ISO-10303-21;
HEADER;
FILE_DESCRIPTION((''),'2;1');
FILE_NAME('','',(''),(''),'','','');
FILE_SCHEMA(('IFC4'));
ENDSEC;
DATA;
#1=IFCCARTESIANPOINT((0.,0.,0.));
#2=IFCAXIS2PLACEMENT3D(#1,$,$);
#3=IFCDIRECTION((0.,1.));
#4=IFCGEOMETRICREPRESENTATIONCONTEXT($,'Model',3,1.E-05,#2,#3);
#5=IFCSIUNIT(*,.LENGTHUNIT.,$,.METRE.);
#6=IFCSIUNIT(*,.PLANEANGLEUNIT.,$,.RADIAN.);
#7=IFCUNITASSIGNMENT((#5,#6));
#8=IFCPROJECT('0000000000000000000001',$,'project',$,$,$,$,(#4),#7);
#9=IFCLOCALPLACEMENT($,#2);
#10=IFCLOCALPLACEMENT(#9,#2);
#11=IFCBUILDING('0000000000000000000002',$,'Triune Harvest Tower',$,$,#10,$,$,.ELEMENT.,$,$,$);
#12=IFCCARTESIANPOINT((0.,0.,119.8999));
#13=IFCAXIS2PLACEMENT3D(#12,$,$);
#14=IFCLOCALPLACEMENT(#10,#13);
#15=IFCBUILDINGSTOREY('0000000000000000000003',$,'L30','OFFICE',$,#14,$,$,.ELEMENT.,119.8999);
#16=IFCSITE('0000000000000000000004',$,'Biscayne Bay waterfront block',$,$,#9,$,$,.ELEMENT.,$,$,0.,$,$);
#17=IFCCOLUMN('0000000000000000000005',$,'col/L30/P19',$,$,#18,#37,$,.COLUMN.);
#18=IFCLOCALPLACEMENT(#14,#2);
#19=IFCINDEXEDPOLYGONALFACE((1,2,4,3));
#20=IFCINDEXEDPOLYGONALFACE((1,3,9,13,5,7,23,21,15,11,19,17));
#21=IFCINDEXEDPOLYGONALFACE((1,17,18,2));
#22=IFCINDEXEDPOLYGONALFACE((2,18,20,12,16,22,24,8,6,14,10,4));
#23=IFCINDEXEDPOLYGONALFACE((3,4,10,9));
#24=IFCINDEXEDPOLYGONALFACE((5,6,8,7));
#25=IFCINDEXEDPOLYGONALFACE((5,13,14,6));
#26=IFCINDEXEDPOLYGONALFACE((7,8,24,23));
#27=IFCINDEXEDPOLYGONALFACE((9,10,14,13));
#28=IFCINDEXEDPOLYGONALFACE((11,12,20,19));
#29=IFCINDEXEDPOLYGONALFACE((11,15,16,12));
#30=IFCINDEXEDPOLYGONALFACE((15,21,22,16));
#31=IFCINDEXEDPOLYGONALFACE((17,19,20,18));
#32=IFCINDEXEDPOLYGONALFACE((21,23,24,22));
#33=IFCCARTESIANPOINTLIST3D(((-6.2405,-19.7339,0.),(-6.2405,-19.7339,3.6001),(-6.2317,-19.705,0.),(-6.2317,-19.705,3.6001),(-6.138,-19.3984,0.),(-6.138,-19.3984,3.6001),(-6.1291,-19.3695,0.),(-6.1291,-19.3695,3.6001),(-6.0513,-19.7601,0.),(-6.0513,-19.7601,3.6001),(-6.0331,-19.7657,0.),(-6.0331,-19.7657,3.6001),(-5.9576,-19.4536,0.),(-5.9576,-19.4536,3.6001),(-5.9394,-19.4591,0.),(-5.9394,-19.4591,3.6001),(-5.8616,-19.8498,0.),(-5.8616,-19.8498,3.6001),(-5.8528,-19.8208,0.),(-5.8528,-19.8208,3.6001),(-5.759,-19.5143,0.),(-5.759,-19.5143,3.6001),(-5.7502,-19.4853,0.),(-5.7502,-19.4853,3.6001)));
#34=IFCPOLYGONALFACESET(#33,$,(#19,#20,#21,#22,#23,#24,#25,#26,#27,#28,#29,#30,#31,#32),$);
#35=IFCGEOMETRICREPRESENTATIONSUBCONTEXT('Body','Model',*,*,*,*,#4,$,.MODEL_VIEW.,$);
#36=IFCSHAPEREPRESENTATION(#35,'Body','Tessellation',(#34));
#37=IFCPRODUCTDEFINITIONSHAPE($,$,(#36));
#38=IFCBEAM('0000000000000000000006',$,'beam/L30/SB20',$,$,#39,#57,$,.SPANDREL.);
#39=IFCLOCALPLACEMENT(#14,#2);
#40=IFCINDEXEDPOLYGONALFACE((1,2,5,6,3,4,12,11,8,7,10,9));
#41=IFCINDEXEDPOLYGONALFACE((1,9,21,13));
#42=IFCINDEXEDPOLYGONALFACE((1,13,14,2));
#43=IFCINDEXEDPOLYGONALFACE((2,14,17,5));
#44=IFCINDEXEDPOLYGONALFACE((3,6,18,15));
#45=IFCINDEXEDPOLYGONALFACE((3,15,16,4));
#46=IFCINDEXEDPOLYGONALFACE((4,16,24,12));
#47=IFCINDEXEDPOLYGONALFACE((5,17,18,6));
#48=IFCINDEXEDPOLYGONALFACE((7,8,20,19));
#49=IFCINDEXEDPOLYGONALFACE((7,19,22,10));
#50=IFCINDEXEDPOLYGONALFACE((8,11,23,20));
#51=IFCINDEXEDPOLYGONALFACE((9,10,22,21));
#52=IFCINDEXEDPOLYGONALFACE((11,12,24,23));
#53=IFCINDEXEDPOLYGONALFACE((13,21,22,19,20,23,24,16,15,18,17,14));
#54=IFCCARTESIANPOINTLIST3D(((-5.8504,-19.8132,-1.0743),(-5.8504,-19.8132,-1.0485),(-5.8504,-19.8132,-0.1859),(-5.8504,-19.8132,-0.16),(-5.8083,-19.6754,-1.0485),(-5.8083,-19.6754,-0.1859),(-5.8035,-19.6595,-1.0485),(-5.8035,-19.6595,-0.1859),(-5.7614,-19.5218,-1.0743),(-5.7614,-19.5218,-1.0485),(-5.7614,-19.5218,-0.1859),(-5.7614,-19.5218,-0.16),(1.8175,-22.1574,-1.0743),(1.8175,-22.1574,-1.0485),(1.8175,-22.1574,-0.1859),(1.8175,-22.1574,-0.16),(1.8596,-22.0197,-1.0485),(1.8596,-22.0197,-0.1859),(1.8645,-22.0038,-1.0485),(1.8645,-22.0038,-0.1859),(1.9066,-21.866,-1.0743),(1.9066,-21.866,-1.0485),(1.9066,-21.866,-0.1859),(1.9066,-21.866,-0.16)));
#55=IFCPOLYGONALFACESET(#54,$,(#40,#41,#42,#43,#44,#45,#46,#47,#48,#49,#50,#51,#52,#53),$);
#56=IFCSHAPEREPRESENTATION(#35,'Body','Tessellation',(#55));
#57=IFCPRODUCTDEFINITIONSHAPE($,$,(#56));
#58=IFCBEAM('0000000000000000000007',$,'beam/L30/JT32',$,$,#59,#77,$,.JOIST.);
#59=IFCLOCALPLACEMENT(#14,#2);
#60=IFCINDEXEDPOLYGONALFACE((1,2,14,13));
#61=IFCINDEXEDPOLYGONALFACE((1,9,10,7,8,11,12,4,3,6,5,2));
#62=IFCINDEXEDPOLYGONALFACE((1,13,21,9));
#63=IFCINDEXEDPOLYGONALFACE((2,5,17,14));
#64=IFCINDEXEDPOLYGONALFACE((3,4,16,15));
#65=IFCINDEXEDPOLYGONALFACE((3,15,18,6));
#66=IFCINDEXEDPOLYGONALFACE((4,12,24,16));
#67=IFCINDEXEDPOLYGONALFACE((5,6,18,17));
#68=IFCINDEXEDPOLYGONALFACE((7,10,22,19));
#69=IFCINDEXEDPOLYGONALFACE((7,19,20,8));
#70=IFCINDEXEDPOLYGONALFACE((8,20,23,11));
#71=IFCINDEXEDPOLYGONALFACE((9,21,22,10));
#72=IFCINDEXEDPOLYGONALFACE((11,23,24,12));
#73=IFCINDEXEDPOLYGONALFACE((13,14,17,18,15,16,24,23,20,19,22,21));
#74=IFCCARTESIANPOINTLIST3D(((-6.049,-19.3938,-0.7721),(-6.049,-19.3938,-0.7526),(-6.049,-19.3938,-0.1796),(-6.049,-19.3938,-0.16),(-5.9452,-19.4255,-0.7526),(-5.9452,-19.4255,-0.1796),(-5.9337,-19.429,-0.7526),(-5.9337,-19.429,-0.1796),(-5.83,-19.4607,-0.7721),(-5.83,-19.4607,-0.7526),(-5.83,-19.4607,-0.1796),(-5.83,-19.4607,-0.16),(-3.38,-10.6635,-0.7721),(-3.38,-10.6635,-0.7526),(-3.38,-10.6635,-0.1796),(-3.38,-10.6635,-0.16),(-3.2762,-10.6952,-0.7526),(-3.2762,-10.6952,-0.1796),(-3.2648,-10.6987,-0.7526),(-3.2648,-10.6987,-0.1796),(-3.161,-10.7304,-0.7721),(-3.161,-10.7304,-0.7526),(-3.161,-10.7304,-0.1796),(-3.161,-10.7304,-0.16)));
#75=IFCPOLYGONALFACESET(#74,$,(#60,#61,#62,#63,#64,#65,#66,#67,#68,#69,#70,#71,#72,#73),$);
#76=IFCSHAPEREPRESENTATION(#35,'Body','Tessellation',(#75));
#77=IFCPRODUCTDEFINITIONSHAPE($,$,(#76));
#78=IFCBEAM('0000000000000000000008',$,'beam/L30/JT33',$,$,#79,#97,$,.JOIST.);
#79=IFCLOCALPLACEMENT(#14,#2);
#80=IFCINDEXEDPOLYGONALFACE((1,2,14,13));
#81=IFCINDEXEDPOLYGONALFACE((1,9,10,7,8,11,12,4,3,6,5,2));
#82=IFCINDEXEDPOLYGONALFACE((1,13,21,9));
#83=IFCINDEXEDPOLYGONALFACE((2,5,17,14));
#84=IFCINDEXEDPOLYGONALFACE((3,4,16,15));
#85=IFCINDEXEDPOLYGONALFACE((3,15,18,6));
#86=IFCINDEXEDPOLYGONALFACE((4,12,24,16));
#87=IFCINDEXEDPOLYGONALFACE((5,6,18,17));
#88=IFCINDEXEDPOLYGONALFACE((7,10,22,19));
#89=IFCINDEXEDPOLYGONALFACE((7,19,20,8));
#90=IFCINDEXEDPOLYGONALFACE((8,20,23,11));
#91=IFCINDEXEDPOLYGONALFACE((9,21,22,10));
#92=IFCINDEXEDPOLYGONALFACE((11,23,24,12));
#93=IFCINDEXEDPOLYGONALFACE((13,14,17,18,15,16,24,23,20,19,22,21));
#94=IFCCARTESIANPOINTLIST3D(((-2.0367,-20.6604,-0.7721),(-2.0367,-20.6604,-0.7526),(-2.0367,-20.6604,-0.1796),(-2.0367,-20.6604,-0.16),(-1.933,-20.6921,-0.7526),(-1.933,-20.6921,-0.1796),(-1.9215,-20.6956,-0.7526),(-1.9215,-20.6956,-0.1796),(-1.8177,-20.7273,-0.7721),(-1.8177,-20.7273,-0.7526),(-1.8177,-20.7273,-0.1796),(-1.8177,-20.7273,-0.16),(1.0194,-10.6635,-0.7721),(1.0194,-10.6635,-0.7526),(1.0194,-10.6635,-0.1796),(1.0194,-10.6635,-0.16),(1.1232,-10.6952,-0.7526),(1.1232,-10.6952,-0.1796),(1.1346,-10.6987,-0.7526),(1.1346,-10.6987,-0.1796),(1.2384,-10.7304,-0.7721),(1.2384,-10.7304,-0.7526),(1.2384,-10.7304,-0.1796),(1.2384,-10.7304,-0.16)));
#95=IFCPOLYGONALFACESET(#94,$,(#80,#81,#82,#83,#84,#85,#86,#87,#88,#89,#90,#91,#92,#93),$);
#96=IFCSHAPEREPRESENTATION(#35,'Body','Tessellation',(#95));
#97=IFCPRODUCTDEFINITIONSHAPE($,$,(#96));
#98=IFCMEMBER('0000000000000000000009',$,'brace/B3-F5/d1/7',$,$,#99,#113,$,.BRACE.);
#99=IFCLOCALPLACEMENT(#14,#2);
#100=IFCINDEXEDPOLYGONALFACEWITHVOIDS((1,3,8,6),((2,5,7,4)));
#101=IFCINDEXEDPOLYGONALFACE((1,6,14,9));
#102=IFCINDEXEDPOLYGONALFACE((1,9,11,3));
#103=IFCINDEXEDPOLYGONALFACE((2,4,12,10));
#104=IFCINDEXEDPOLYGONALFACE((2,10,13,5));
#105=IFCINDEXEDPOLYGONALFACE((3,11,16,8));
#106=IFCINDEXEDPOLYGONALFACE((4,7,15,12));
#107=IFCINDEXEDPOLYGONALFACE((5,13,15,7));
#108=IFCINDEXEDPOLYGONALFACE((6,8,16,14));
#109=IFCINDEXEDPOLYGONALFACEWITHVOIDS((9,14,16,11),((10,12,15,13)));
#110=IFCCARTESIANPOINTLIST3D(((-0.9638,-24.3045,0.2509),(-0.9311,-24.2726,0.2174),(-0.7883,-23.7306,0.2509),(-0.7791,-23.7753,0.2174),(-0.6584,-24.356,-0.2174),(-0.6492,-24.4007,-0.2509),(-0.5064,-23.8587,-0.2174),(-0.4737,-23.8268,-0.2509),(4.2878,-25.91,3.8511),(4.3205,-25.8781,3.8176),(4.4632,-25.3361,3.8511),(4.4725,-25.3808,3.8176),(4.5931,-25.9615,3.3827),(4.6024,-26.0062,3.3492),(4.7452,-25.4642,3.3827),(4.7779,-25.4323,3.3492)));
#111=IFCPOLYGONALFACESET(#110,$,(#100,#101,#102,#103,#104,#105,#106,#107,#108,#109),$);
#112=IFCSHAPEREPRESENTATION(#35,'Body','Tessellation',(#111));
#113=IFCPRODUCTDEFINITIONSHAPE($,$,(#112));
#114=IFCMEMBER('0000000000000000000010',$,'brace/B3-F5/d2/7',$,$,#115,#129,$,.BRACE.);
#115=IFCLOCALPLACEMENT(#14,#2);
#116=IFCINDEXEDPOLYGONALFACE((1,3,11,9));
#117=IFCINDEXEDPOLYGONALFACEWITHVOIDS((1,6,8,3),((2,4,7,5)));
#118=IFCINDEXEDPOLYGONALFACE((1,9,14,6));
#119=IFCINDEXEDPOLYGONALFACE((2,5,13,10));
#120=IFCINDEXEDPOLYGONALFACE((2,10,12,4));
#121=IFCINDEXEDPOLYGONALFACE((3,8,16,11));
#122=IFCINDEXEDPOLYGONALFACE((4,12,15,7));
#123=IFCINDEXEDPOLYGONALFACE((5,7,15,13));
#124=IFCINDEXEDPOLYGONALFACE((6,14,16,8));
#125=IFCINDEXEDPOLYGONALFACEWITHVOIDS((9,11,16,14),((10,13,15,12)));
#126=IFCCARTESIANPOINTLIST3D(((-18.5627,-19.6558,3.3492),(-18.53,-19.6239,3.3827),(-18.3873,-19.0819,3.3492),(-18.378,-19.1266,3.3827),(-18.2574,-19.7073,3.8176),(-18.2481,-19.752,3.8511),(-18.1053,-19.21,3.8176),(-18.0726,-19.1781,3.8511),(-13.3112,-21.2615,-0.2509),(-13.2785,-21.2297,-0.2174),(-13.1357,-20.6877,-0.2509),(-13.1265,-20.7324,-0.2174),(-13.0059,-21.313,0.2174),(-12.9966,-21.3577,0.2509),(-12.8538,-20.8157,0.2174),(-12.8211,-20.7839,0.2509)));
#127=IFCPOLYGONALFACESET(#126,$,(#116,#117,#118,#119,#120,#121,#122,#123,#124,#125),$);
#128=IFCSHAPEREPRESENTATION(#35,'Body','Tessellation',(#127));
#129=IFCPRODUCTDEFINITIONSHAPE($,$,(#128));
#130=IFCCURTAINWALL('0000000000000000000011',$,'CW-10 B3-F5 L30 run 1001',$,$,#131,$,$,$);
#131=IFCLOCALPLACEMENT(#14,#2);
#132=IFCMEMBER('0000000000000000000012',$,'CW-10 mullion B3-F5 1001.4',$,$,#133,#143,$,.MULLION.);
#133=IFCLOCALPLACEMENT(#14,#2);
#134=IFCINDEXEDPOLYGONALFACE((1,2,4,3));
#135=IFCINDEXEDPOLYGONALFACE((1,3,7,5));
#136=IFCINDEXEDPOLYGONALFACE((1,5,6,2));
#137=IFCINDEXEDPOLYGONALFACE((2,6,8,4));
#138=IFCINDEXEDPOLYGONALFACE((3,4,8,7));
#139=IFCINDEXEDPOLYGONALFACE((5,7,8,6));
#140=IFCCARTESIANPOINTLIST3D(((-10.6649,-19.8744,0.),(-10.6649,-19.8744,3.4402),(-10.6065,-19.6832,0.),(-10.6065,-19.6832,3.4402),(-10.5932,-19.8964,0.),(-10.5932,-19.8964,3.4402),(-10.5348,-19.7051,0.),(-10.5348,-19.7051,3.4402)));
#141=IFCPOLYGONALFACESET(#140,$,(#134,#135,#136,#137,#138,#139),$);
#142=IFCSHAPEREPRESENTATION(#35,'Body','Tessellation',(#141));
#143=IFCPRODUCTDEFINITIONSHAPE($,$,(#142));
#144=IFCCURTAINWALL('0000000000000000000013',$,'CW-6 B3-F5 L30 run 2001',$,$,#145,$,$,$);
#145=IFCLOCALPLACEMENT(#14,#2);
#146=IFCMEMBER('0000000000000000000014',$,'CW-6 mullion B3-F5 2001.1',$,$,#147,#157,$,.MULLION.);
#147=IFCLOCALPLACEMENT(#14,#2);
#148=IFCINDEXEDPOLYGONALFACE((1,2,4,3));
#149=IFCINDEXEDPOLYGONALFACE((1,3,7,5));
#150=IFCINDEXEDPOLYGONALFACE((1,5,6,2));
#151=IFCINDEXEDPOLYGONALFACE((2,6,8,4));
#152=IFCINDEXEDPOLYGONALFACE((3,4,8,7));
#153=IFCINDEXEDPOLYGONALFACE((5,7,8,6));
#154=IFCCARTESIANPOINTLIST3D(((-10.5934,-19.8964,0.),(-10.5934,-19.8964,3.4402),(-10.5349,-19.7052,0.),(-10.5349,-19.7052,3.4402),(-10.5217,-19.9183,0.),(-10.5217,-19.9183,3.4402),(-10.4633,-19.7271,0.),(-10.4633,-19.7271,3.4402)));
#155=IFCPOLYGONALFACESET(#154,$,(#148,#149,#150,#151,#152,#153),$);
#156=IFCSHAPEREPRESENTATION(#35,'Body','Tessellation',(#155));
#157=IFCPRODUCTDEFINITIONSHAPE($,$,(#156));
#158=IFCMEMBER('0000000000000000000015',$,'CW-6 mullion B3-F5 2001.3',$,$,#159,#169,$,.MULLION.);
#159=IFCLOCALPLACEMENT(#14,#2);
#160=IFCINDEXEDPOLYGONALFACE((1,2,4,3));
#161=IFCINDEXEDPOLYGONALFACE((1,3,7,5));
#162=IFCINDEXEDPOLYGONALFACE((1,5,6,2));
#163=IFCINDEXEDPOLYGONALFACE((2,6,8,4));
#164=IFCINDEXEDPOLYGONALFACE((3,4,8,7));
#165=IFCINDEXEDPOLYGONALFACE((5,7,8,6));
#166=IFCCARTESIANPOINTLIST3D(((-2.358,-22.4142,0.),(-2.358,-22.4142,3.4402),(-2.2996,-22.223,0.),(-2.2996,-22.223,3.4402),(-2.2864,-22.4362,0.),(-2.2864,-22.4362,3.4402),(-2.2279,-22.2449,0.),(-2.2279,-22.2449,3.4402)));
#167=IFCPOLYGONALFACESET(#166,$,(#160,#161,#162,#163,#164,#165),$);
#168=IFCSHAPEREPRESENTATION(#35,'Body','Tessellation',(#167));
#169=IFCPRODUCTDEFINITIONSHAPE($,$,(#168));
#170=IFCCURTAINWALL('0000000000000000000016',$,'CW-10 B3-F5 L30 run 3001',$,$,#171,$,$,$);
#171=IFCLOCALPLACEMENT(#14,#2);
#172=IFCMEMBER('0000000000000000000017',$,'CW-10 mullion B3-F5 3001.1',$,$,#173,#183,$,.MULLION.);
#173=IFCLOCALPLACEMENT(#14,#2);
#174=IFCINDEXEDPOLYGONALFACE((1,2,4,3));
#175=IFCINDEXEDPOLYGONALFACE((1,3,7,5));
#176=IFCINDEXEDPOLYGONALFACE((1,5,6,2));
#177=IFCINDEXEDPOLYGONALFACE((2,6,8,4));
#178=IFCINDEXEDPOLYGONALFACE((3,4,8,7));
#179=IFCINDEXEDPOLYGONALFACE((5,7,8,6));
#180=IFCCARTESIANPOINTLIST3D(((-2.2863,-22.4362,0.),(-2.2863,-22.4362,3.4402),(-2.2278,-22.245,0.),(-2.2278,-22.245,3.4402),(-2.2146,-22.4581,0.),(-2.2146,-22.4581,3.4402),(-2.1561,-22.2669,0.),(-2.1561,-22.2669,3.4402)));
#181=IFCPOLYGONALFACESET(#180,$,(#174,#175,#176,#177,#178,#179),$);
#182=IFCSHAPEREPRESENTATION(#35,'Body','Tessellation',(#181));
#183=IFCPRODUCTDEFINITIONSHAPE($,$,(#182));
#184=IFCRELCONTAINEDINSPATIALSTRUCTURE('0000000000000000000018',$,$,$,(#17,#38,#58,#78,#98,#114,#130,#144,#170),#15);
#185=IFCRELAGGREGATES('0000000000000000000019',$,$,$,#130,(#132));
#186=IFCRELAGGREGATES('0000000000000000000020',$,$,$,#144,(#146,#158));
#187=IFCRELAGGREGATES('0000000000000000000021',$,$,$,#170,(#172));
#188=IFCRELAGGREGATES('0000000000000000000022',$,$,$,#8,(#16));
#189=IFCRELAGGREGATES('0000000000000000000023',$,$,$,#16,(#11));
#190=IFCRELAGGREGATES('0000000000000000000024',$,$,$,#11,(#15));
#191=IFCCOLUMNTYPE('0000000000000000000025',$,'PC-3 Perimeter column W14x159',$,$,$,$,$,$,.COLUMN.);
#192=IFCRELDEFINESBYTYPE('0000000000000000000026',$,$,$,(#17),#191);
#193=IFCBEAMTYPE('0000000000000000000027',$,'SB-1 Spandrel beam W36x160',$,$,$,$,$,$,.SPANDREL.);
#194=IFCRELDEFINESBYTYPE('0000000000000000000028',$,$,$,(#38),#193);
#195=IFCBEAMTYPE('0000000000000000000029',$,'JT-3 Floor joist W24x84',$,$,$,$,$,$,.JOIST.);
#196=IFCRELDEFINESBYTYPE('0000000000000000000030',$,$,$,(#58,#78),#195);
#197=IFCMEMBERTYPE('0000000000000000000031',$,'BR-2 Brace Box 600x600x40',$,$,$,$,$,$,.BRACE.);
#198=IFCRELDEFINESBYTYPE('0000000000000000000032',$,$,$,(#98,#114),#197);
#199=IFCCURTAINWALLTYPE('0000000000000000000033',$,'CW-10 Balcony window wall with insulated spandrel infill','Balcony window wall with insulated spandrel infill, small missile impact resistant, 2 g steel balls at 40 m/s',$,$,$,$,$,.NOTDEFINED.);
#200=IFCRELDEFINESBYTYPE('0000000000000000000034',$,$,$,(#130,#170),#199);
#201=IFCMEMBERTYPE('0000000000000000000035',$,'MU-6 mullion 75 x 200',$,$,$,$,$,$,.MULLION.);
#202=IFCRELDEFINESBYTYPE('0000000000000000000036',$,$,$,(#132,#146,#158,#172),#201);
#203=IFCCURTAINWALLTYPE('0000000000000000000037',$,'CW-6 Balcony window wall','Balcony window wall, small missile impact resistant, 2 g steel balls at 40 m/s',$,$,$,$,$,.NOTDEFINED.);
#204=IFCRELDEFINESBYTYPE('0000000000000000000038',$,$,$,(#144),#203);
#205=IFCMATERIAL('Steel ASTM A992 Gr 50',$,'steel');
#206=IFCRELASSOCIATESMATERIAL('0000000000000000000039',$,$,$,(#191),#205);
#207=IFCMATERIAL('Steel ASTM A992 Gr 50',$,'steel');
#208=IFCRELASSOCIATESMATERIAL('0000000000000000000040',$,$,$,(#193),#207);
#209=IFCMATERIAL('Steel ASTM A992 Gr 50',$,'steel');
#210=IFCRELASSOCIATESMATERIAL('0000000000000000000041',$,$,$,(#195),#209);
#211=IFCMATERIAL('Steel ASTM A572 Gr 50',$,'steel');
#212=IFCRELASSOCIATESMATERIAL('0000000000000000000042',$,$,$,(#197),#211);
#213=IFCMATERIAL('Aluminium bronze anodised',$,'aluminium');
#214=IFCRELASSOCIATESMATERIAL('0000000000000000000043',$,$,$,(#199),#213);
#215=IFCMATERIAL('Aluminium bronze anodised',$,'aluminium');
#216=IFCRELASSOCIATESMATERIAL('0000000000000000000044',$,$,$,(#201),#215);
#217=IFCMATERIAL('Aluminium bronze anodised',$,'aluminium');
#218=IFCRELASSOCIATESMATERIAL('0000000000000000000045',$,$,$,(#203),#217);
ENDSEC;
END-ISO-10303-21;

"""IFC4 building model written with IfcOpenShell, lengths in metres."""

from ifc_helpers import new_model, si_unit, direction, frame, origin, origin_2d, place, context, subcontext, project, spatial, rectangle, hollow_rectangle, i_section, extrude, source, transform, mapped, material, material_profile, profile_set, type_object, element, aggregate, save


model = new_model("IFC4")

# Units and contexts
model_context = context("Model", 3, precision=1e-05, world=origin(), true_north=direction((0.0, 1.0)))
body_context = subcontext(model_context, "Body", "Model", "MODEL_VIEW")
ifc_project = project(units=[si_unit("LENGTHUNIT", "METRE"), si_unit("PLANEANGLEUNIT", "RADIAN")], contexts=[model_context])

# Site, building, storey
site_placement = place(None, origin())
site = spatial("IfcSite", under=ifc_project, at=site_placement, Name="Biscayne Bay waterfront block", CompositionType="ELEMENT", RefElevation=0.0)
building_placement = place(site_placement, origin())
building = spatial("IfcBuilding", under=site, at=building_placement, Name="Triune Harvest Tower", CompositionType="ELEMENT")
storey_placement = place(building_placement, frame((0.0, 0.0, 119.8999)))
storey = spatial("IfcBuildingStorey", under=building, at=storey_placement, Name="L30", Description="OFFICE", CompositionType="ELEMENT", Elevation=119.8999)

# Column
ifc_material_1 = material(Name="Steel ASTM A992 Gr 50", Category="steel")
ifc_material_profile_1 = material_profile(ifc_material_1, i_section(OverallWidth=0.3962, OverallDepth=0.3811, WebThickness=0.019, FlangeThickness=0.0303, at=origin_2d()), Name="W14x159")
ifc_profile_set_1 = profile_set([ifc_material_profile_1], Name="Steel ASTM A992 Gr 50")
column_type = type_object("IfcColumnType", Name="PC-3 Perimeter column W14x159", PredefinedType="COLUMN", material=ifc_profile_set_1)
shared_shape_1 = source(origin(), body_context, "Body", "SweptSolid", [
    extrude(i_section(OverallWidth=0.3962, OverallDepth=0.3811, WebThickness=0.019, FlangeThickness=0.0303, at=origin_2d()), origin(), (0.0, 0.0, 1.0), 3.6001),
])
column_placement = place(storey_placement, frame((-5.9954, -19.6096, 0.0), z_axis=(0.0, 0.0, 1.0), x_axis=(0.956305, -0.292372, 0.0)))
element("IfcColumn", 1, at=column_placement, inside=storey, type_object=column_type, Name="col/L30/P19", PredefinedType="COLUMN", context=body_context, shape_type="MappedRepresentation", body=[
    mapped(shared_shape_1, transform((0.0, 0.0, 0.0), scale=1.0)),
])

# Beams
ifc_material_2 = material(Name="Steel ASTM A992 Gr 50", Category="steel")
ifc_material_profile_2 = material_profile(ifc_material_2, i_section(OverallWidth=0.3047, OverallDepth=0.9143, WebThickness=0.0166, FlangeThickness=0.0259, at=origin_2d()), Name="W36x160")
ifc_profile_set_2 = profile_set([ifc_material_profile_2], Name="Steel ASTM A992 Gr 50")
beam_type_1 = type_object("IfcBeamType", Name="SB-1 Spandrel beam W36x160", PredefinedType="SPANDREL", material=ifc_profile_set_2)
shared_shape_2 = source(origin(), body_context, "Body", "SweptSolid", [
    extrude(i_section(OverallWidth=0.3047, OverallDepth=0.9143, WebThickness=0.0166, FlangeThickness=0.0259, at=origin_2d()), origin(), (0.0, 0.0, 1.0), 8.0183),
])
beam_1_placement = place(storey_placement, frame((-5.8059, -19.6675, -0.6172), z_axis=(0.956308, -0.292361, 0.0), x_axis=(0.292361, 0.956308, 0.0)))
element("IfcBeam", 2, at=beam_1_placement, inside=storey, type_object=beam_type_1, Name="beam/L30/SB20", PredefinedType="SPANDREL", context=body_context, shape_type="MappedRepresentation", body=[
    mapped(shared_shape_2, transform((0.0, 0.0, 0.0), scale=1.0)),
])
ifc_material_3 = material(Name="Steel ASTM A992 Gr 50", Category="steel")
ifc_material_profile_3 = material_profile(ifc_material_3, i_section(OverallWidth=0.229, OverallDepth=0.6121, WebThickness=0.012, FlangeThickness=0.0195, at=origin_2d()), Name="W24x84")
ifc_profile_set_3 = profile_set([ifc_material_profile_3], Name="Steel ASTM A992 Gr 50")
beam_type_2 = type_object("IfcBeamType", Name="JT-3 Floor joist W24x84", PredefinedType="JOIST", material=ifc_profile_set_3)
shared_shape_3 = source(origin(), body_context, "Body", "SweptSolid", [
    extrude(i_section(OverallWidth=0.229, OverallDepth=0.6121, WebThickness=0.012, FlangeThickness=0.0195, at=origin_2d()), origin(), (0.0, 0.0, 1.0), 9.1292),
])
beam_2_placement = place(storey_placement, frame((-5.9395, -19.4272, -0.4661), z_axis=(0.292356, 0.956309, 0.0), x_axis=(-0.956309, 0.292356, 0.0)))
element("IfcBeam", 3, at=beam_2_placement, inside=storey, type_object=beam_type_2, Name="beam/L30/JT32", PredefinedType="JOIST", context=body_context, shape_type="MappedRepresentation", body=[
    mapped(shared_shape_3, transform((0.0, 0.0, 0.0), scale=1.0)),
])
shared_shape_4 = source(origin(), body_context, "Body", "SweptSolid", [
    extrude(i_section(OverallWidth=0.229, OverallDepth=0.6121, WebThickness=0.012, FlangeThickness=0.0195, at=origin_2d()), origin(), (0.0, 0.0, 1.0), 10.4536),
])
beam_3_placement = place(storey_placement, frame((-1.9272, -20.6938, -0.4661), z_axis=(0.292356, 0.95631, 0.0), x_axis=(-0.95631, 0.292356, 0.0)))
element("IfcBeam", 4, at=beam_3_placement, inside=storey, type_object=beam_type_2, Name="beam/L30/JT33", PredefinedType="JOIST", context=body_context, shape_type="MappedRepresentation", body=[
    mapped(shared_shape_4, transform((0.0, 0.0, 0.0), scale=1.0)),
])

# Members
ifc_material_4 = material(Name="Steel ASTM A572 Gr 50", Category="steel")
ifc_material_profile_4 = material_profile(ifc_material_4, hollow_rectangle(XDim=0.6001, YDim=0.6001, WallThickness=0.04, at=origin_2d()), Name="Box 600x600x40")
ifc_profile_set_4 = profile_set([ifc_material_profile_4], Name="Steel ASTM A572 Gr 50")
member_type_1 = type_object("IfcMemberType", Name="BR-2 Brace Box 600x600x40", PredefinedType="BRACE", material=ifc_profile_set_4)
shared_shape_5 = source(origin(), body_context, "Body", "SweptSolid", [
    extrude(hollow_rectangle(XDim=0.6001, YDim=0.6001, WallThickness=0.04, at=origin_2d()), origin(), (0.0, 0.0, 1.0), 6.5664),
])
for number, where, z_axis, x_axis, name in (
    (5, (-0.7188, -24.0657, 0.0), (0.799762, -0.244502, 0.54827), (0.292361, 0.956308, 0.0), "brace/B3-F5/d1/7"),
    (6, (-13.0662, -21.0227, 0.0), (-0.799755, 0.244537, 0.548265), (-0.292402, -0.956296, 0.0), "brace/B3-F5/d2/7"),
):
    element("IfcMember", number, at=place(storey_placement, frame(where, z_axis=z_axis, x_axis=x_axis)), inside=storey, type_object=member_type_1, Name=name, PredefinedType="BRACE", context=body_context, shape_type="MappedRepresentation", body=[
        mapped(shared_shape_5, transform((0.0, 0.0, 0.0), scale=1.0)),
    ])

# Curtain wall, member
ifc_material_5 = material(Name="Aluminium bronze anodised", Category="aluminium")
curtain_wall_type_1 = type_object("IfcCurtainWallType", Name="CW-10 Balcony window wall with insulated spandrel infill", Description="Balcony window wall with insulated spandrel infill, small missile impact resistant, 2 g steel balls at 40 m/s", PredefinedType="NOTDEFINED", material=ifc_material_5)
curtain_wall_1_placement = place(storey_placement, origin())
curtain_wall_1 = element("IfcCurtainWall", 7, at=curtain_wall_1_placement, inside=storey, type_object=curtain_wall_type_1, Name="CW-10 B3-F5 L30 run 1001")
ifc_material_6 = material(Name="Aluminium bronze anodised", Category="aluminium")
ifc_material_profile_5 = material_profile(ifc_material_6, rectangle(XDim=0.2, YDim=0.075, at=origin_2d()), Name="MU-6 mullion 75 x 200")
ifc_profile_set_5 = profile_set([ifc_material_profile_5], Name="Aluminium bronze anodised")
member_type_2 = type_object("IfcMemberType", Name="MU-6 mullion 75 x 200", PredefinedType="MULLION", material=ifc_profile_set_5)
shared_shape_6 = source(origin(), body_context, "Body", "SweptSolid", [
    extrude(rectangle(XDim=0.2, YDim=0.075, at=origin_2d()), origin(), (0.0, 0.0, 1.0), 3.4402),
])
member_1_placement = place(storey_placement, frame((-10.5999, -19.7898, 0.0), z_axis=(0.0, 0.0, 1.0), x_axis=(0.292368, 0.956306, 0.0)))
member_1 = element("IfcMember", 8, at=member_1_placement, type_object=member_type_2, Name="CW-10 mullion B3-F5 1001.4", PredefinedType="MULLION", context=body_context, shape_type="MappedRepresentation", body=[
    mapped(shared_shape_6, transform((0.0, 0.0, 0.0), scale=1.0)),
])
aggregate(curtain_wall_1, [member_1])

# Curtain wall, members
ifc_material_7 = material(Name="Aluminium bronze anodised", Category="aluminium")
curtain_wall_type_2 = type_object("IfcCurtainWallType", Name="CW-6 Balcony window wall", Description="Balcony window wall, small missile impact resistant, 2 g steel balls at 40 m/s", PredefinedType="NOTDEFINED", material=ifc_material_7)
curtain_wall_2_placement = place(storey_placement, origin())
curtain_wall_2 = element("IfcCurtainWall", 9, at=curtain_wall_2_placement, inside=storey, type_object=curtain_wall_type_2, Name="CW-6 B3-F5 L30 run 2001")
member_2_placement = place(storey_placement, frame((-10.5283, -19.8118, 0.0), z_axis=(0.0, 0.0, 1.0), x_axis=(0.292379, 0.956303, 0.0)))
member_2 = element("IfcMember", 10, at=member_2_placement, type_object=member_type_2, Name="CW-6 mullion B3-F5 2001.1", PredefinedType="MULLION", context=body_context, shape_type="MappedRepresentation", body=[
    mapped(shared_shape_6, transform((0.0, 0.0, 0.0), scale=1.0)),
])
member_3_placement = place(storey_placement, frame((-2.293, -22.3296, 0.0), z_axis=(0.0, 0.0, 1.0), x_axis=(0.292379, 0.956303, 0.0)))
member_3 = element("IfcMember", 11, at=member_3_placement, type_object=member_type_2, Name="CW-6 mullion B3-F5 2001.3", PredefinedType="MULLION", context=body_context, shape_type="MappedRepresentation", body=[
    mapped(shared_shape_6, transform((0.0, 0.0, 0.0), scale=1.0)),
])

# Curtain wall, member
curtain_wall_3_placement = place(storey_placement, origin())
curtain_wall_3 = element("IfcCurtainWall", 12, at=curtain_wall_3_placement, inside=storey, type_object=curtain_wall_type_1, Name="CW-10 B3-F5 L30 run 3001")
member_4_placement = place(storey_placement, frame((-2.2212, -22.3516, 0.0), z_axis=(0.0, 0.0, 1.0), x_axis=(0.292373, 0.956304, 0.0)))
member_4 = element("IfcMember", 13, at=member_4_placement, type_object=member_type_2, Name="CW-10 mullion B3-F5 3001.1", PredefinedType="MULLION", context=body_context, shape_type="MappedRepresentation", body=[
    mapped(shared_shape_6, transform((0.0, 0.0, 0.0), scale=1.0)),
])

aggregate(curtain_wall_2, [member_2, member_3])
aggregate(curtain_wall_3, [member_4])

save(model, "model.ifc")
